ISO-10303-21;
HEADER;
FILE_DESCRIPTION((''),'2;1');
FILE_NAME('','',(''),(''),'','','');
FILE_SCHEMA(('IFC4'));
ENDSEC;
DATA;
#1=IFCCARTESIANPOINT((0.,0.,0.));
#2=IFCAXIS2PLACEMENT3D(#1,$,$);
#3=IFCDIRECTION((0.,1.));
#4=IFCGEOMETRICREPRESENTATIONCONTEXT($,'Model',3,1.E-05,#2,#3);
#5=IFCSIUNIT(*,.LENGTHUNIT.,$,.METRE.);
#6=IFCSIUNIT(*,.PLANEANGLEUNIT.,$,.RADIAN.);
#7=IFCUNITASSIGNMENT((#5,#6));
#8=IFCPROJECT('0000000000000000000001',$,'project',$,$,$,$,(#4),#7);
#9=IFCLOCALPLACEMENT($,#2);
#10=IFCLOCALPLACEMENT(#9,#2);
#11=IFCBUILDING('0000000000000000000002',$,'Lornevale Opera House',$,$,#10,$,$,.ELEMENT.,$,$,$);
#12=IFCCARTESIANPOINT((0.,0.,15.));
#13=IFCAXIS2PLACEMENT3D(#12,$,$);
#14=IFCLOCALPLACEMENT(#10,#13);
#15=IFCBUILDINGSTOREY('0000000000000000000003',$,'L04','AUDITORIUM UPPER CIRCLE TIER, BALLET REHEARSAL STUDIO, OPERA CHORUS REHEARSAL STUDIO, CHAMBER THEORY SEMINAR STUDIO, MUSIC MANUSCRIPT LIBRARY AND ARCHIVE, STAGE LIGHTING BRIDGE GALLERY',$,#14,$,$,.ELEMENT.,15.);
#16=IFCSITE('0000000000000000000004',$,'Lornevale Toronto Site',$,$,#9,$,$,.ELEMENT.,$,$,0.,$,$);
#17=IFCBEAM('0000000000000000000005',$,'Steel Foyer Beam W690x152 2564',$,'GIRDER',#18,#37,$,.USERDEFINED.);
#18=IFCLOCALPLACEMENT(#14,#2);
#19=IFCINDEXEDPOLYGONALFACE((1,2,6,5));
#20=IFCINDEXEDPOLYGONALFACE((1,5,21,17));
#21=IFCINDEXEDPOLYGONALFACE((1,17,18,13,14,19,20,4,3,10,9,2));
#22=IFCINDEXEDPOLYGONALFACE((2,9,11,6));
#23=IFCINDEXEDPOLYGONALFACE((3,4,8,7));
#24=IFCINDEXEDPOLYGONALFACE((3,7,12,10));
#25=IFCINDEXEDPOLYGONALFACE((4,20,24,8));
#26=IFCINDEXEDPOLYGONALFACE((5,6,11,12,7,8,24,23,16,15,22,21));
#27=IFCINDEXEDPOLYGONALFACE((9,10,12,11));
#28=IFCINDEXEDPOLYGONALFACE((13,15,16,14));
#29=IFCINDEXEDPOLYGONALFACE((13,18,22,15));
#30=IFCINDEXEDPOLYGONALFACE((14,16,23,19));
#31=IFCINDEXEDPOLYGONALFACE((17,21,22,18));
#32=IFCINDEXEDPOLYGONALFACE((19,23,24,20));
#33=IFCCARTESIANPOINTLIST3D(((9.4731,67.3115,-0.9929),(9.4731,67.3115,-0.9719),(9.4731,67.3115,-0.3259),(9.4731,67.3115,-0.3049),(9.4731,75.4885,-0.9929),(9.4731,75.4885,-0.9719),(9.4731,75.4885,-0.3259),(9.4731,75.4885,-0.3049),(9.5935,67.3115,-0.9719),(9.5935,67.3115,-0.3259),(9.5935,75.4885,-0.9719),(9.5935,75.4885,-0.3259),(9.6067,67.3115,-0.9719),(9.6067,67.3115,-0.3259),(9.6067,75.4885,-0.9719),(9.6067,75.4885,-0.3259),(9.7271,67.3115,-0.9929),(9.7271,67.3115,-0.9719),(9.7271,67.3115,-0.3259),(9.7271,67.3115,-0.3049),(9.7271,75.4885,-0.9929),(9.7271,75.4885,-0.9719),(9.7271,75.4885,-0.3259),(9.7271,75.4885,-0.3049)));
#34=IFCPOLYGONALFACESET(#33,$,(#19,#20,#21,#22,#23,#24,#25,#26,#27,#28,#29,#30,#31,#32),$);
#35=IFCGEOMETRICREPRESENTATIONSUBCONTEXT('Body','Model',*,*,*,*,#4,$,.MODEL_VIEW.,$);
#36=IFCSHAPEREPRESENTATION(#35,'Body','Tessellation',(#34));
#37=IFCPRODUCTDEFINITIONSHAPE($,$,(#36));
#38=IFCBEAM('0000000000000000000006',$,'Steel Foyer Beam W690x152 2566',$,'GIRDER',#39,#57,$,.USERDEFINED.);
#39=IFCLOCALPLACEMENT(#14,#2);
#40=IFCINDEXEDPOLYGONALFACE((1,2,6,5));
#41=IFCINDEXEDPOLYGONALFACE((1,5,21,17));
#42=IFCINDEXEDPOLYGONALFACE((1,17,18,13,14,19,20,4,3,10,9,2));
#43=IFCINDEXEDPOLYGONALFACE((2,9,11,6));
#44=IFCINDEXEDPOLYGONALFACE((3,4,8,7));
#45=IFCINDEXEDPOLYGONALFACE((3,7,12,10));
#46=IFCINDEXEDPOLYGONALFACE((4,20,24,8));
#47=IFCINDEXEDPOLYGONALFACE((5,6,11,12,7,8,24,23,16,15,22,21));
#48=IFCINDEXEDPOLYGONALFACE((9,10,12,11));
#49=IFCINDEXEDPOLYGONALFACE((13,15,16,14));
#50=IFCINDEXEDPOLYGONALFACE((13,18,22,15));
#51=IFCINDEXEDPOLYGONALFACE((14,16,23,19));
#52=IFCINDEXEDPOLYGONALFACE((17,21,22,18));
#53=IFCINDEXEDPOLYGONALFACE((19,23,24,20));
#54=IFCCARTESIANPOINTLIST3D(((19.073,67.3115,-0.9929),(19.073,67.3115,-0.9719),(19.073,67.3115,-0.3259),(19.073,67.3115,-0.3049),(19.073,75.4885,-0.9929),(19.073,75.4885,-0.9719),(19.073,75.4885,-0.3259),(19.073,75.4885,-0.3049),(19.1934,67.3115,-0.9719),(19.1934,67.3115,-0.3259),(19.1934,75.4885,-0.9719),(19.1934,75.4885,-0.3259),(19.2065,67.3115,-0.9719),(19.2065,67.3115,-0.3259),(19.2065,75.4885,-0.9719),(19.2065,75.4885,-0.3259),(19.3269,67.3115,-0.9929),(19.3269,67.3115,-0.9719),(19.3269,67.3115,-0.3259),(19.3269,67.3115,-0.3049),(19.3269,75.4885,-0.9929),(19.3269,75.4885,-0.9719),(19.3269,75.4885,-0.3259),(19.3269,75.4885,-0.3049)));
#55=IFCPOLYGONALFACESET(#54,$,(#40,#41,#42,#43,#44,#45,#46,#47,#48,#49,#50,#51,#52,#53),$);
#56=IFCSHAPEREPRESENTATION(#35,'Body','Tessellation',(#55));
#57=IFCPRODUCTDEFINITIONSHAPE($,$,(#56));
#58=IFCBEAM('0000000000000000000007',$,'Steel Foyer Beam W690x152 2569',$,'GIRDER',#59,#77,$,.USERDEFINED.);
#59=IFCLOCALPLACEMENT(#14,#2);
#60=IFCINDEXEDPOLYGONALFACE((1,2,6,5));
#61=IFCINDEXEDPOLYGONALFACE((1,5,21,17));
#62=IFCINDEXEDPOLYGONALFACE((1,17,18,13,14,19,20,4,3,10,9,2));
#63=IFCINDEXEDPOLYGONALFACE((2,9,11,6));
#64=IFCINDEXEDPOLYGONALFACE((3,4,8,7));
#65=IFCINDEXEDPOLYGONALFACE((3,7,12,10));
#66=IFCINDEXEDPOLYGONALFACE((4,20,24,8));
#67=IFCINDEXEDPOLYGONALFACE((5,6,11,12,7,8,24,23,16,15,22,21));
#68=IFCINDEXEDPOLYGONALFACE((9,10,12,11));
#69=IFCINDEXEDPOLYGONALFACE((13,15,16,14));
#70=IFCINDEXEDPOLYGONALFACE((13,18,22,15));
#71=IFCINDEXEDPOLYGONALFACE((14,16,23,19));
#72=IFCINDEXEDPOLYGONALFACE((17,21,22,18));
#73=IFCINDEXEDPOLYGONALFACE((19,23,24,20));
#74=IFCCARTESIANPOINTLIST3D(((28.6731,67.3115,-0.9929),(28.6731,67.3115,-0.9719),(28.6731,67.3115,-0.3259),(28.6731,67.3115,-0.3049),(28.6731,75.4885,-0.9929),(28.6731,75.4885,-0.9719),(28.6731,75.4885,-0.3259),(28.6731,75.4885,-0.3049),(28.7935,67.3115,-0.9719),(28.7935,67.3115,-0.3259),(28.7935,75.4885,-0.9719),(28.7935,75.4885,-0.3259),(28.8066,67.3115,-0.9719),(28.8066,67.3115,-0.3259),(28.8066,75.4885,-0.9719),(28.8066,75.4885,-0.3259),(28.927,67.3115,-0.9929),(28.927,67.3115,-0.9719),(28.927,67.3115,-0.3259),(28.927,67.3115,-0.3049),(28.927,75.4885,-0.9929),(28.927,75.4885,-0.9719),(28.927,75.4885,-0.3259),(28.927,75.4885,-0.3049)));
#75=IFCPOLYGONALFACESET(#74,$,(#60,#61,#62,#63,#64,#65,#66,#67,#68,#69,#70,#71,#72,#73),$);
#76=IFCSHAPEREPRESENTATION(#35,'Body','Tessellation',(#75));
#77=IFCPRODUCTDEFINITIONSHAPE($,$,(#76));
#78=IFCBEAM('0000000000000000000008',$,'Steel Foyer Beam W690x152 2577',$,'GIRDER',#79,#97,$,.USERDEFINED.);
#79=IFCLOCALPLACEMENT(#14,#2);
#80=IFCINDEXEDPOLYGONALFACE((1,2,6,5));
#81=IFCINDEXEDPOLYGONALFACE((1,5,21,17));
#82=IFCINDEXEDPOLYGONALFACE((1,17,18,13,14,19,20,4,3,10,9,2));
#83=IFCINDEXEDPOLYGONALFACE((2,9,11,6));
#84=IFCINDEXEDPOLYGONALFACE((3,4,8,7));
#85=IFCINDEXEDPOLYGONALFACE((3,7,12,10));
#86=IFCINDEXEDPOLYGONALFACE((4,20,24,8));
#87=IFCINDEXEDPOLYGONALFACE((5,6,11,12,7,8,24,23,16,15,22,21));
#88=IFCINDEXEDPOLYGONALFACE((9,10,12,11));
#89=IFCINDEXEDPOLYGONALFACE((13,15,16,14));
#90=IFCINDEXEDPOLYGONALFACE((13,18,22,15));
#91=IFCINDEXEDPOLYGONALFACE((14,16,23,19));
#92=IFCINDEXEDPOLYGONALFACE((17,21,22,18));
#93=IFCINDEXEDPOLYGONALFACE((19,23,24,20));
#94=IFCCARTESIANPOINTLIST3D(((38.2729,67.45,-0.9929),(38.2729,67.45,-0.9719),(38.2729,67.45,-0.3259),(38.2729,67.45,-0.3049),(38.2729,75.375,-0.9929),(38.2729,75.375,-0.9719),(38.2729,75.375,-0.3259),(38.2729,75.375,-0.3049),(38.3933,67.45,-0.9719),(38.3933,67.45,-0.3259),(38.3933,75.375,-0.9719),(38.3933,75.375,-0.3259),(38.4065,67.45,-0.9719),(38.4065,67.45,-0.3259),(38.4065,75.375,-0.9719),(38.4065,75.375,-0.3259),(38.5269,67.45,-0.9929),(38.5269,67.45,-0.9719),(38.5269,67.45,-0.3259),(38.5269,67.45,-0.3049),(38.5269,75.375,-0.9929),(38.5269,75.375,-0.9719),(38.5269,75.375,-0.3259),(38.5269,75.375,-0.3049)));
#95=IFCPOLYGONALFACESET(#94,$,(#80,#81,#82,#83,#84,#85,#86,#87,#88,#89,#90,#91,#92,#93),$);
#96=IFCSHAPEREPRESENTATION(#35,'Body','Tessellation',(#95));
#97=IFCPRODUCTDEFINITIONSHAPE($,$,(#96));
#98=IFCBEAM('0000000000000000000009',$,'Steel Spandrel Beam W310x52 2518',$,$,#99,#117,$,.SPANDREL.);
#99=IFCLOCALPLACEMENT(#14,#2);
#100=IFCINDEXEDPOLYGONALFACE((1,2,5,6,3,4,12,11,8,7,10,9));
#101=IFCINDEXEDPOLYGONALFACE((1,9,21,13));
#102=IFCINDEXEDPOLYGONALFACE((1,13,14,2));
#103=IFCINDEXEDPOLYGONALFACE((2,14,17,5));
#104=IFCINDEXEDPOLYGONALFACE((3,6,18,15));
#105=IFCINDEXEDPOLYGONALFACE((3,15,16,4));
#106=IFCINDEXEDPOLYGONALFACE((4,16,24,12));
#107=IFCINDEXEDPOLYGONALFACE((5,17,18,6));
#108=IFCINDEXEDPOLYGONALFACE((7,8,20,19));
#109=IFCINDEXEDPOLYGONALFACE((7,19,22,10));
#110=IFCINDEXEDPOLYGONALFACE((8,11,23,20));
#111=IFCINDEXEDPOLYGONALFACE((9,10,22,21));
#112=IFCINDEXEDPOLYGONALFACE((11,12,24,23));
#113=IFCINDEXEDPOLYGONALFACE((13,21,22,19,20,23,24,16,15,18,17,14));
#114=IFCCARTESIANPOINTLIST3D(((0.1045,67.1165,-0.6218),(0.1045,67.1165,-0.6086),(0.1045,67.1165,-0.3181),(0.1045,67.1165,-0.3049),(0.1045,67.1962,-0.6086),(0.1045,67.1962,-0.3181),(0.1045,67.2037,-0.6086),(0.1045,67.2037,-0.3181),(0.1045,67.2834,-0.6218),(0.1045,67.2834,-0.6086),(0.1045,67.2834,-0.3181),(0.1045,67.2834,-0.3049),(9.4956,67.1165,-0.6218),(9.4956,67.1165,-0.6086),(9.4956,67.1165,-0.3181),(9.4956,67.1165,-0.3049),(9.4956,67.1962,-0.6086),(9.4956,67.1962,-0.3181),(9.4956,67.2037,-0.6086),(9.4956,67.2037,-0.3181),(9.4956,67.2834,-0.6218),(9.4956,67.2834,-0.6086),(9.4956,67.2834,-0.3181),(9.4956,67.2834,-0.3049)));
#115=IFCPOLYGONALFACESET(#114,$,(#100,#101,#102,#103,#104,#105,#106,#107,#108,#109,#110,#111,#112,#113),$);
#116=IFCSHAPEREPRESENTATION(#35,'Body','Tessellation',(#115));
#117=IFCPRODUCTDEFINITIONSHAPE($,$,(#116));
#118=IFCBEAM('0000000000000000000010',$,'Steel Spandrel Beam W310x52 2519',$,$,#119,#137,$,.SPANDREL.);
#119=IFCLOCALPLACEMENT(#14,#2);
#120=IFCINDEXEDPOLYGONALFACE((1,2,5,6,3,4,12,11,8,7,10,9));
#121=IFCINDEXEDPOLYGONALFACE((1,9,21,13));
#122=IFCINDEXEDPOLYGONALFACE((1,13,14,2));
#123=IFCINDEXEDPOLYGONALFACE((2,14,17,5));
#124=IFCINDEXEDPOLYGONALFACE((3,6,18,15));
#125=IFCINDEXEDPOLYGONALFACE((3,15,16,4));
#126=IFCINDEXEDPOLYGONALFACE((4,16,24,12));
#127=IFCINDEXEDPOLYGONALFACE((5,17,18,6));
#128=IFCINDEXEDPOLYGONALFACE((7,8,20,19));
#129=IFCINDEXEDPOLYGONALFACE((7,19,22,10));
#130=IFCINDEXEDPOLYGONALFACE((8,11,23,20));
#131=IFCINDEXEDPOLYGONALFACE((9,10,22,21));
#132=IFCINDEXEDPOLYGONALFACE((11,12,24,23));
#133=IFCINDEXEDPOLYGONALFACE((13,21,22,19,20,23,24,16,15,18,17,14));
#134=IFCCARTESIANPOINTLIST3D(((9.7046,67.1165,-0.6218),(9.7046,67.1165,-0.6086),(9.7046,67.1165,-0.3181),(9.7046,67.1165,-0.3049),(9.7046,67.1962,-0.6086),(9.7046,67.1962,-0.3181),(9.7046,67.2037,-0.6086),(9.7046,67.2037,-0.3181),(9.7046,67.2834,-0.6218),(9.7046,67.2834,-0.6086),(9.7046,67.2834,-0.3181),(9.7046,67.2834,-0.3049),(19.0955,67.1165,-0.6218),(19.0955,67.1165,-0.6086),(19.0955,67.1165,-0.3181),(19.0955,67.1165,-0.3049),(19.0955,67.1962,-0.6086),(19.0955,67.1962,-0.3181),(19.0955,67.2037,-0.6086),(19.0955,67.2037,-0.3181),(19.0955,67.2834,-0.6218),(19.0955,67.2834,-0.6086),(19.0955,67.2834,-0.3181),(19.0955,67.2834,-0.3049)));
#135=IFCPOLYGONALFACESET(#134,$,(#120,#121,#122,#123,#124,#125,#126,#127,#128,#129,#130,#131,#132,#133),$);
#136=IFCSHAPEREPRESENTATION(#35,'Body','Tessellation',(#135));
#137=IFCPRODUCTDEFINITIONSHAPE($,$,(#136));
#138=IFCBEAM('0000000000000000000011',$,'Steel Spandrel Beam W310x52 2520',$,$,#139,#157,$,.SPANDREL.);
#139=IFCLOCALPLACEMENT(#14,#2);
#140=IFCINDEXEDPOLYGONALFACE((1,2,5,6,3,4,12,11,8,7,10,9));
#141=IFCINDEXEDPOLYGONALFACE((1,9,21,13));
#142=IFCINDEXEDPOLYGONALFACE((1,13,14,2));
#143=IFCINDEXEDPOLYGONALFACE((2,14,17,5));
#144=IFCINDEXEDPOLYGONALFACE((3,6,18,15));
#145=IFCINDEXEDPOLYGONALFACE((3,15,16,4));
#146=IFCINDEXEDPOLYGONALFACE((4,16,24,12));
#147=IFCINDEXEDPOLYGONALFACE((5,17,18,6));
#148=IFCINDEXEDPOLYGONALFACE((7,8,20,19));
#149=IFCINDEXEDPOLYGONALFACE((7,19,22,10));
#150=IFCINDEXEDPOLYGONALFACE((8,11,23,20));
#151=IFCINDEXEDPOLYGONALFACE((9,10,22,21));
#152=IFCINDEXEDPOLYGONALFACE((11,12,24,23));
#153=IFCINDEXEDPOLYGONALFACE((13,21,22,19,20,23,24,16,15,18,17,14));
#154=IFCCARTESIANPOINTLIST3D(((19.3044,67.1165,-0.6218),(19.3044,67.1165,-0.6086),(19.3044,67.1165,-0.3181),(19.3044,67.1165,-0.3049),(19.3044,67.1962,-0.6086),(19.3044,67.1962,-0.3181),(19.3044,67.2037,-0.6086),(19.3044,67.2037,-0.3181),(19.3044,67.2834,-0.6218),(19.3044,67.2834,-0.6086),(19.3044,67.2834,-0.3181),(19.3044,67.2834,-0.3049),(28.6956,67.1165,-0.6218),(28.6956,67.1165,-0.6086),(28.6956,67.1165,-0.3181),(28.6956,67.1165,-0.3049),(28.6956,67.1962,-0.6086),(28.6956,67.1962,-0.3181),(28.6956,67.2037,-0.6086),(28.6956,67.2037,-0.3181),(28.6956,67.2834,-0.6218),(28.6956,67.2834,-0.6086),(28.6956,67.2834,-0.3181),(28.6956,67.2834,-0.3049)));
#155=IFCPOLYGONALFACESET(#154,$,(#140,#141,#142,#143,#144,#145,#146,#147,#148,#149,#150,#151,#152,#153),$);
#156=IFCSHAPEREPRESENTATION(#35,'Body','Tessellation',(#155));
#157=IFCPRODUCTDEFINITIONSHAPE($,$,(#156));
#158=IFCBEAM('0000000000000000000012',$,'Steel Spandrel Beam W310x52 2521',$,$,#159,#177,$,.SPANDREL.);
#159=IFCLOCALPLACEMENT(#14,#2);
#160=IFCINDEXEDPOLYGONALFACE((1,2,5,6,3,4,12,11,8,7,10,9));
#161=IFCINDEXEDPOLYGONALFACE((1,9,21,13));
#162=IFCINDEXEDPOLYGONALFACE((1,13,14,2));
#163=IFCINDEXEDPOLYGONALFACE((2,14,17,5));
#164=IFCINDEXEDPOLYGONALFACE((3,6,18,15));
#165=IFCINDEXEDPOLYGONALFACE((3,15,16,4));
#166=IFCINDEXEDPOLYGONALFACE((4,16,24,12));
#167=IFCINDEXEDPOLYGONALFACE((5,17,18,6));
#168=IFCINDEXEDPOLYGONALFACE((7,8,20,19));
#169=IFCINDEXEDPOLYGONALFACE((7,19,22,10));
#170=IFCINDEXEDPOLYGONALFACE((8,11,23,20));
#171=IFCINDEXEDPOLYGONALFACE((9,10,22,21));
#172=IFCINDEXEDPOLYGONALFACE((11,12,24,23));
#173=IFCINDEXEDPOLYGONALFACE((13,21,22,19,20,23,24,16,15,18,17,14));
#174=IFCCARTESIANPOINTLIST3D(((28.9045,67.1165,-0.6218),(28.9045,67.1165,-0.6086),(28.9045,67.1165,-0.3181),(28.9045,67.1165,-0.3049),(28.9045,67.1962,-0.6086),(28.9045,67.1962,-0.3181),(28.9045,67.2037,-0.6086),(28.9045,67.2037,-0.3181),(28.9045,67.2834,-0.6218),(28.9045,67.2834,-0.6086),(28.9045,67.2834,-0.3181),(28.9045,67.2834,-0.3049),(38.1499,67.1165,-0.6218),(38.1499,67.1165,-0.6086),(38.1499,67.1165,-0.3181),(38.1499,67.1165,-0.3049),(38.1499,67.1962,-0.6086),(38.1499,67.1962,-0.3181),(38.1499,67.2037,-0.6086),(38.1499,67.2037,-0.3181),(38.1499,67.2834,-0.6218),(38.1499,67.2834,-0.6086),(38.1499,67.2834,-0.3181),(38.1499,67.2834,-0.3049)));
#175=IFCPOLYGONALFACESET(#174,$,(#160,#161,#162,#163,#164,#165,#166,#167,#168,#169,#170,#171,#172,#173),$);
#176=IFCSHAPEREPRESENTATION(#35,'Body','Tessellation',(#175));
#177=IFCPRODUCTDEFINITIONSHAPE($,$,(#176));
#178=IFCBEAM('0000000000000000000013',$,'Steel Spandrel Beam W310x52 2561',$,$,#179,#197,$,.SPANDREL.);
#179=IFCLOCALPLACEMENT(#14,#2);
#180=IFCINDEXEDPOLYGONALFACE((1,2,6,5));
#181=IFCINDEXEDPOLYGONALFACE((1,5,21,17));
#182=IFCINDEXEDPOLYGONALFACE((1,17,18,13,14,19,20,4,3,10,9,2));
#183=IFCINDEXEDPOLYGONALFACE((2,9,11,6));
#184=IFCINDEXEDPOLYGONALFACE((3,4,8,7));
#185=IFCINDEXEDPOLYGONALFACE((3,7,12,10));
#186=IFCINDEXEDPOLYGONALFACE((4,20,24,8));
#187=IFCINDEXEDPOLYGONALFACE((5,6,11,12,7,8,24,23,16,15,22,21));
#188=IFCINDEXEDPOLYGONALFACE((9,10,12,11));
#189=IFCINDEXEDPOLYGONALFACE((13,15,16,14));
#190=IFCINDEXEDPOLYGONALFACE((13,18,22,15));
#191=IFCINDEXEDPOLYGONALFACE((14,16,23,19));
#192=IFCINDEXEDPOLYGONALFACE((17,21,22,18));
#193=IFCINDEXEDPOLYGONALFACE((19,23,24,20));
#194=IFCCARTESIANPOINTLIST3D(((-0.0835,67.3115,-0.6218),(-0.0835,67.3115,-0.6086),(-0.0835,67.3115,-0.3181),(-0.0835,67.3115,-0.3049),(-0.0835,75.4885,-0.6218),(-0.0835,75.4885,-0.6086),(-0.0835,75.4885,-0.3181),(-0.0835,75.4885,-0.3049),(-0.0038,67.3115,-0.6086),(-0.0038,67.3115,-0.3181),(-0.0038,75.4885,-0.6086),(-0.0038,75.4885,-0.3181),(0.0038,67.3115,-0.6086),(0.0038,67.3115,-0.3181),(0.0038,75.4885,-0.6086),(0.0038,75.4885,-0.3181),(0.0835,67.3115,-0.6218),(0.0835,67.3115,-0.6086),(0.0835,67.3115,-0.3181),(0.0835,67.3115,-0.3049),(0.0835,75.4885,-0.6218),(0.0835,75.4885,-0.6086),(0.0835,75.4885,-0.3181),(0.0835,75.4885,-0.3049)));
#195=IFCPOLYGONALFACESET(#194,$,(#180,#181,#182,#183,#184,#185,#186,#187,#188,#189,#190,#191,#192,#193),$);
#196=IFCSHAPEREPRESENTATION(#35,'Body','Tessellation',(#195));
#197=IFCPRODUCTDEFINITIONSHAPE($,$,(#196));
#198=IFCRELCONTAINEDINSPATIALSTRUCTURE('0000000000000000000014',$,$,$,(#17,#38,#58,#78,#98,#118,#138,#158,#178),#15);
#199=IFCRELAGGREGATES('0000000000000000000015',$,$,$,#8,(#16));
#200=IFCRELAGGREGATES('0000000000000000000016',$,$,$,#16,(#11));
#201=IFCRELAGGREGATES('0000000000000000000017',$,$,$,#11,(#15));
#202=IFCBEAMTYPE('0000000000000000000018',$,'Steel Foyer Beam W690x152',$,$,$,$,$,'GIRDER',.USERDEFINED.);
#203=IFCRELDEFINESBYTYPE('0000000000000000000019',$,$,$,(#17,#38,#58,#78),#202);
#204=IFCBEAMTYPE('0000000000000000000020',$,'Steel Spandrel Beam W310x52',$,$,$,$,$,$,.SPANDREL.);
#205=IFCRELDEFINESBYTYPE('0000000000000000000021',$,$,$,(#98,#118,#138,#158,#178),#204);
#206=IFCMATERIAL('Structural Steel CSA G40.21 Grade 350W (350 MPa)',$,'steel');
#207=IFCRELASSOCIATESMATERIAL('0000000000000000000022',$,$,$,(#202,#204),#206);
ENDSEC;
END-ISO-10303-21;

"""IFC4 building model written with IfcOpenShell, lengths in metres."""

from ifc_helpers import new_model, si_unit, direction, frame, origin, origin_2d, place, context, subcontext, project, spatial, i_section, extrude, material, material_profile, profile_set, type_object, element, save


model = new_model("IFC4")

# Units and contexts
model_context = context("Model", 3, precision=1e-05, world=origin(), true_north=direction((0.0, 1.0)))
body_context = subcontext(model_context, "Body", "Model", "MODEL_VIEW")
ifc_project = project(units=[si_unit("LENGTHUNIT", "METRE"), si_unit("PLANEANGLEUNIT", "RADIAN")], contexts=[model_context])

# Site, building, storey
site_placement = place(None, origin())
site = spatial("IfcSite", under=ifc_project, at=site_placement, Name="Lornevale Toronto Site", CompositionType="ELEMENT", RefElevation=0.0)
building_placement = place(site_placement, origin())
building = spatial("IfcBuilding", under=site, at=building_placement, Name="Lornevale Opera House", CompositionType="ELEMENT")
storey_placement = place(building_placement, frame((0.0, 0.0, 15.0)))
storey = spatial("IfcBuildingStorey", under=building, at=storey_placement, Name="L04", Description="AUDITORIUM UPPER CIRCLE TIER, BALLET REHEARSAL STUDIO, OPERA CHORUS REHEARSAL STUDIO, CHAMBER THEORY SEMINAR STUDIO, MUSIC MANUSCRIPT LIBRARY AND ARCHIVE, STAGE LIGHTING BRIDGE GALLERY", CompositionType="ELEMENT", Elevation=15.0)

# Beams
ifc_material_1 = material(Name="Structural Steel CSA G40.21 Grade 350W (350 MPa)", Category="steel")
ifc_material_profile_1 = material_profile(ifc_material_1, i_section(OverallWidth=0.2539, OverallDepth=0.688, WebThickness=0.0132, FlangeThickness=0.021, at=origin_2d()), Name="W690x152")
ifc_profile_set_1 = profile_set([ifc_material_profile_1], Name="Structural Steel CSA G40.21 Grade 350W (350 MPa)")
beam_type_1 = type_object("IfcBeamType", Name="Steel Foyer Beam W690x152", ElementType="GIRDER", PredefinedType="USERDEFINED", material=ifc_profile_set_1)
for number, where, z_axis, x_axis, name in (
    (1, (9.6001, 67.3115, -0.6489), (0.0, 1.0, 0.0), (-1.0, 0.0, 0.0), "Steel Foyer Beam W690x152 2564"),
    (2, (19.2, 67.3115, -0.6489), (0.0, 1.0, 0.0), (-1.0, 0.0, 0.0), "Steel Foyer Beam W690x152 2566"),
    (3, (28.8, 67.3115, -0.6489), (0.0, 1.0, 0.0), (-1.0, 0.0, 0.0), "Steel Foyer Beam W690x152 2569"),
):
    element("IfcBeam", number, at=place(storey_placement, frame(where, z_axis=z_axis, x_axis=x_axis)), inside=storey, type_object=beam_type_1, Name=name, ObjectType="GIRDER", PredefinedType="USERDEFINED", context=body_context, shape_type="SweptSolid", body=[
        extrude(i_section(OverallWidth=0.2539, OverallDepth=0.688, WebThickness=0.0132, FlangeThickness=0.021, at=origin_2d()), origin(), (0.0, 0.0, 1.0), 8.177),
    ])
beam_1_placement = place(storey_placement, frame((38.3999, 67.45, -0.6489), z_axis=(0.0, 1.0, 0.0), x_axis=(-1.0, 0.0, 0.0)))
element("IfcBeam", 4, at=beam_1_placement, inside=storey, type_object=beam_type_1, Name="Steel Foyer Beam W690x152 2577", ObjectType="GIRDER", PredefinedType="USERDEFINED", context=body_context, shape_type="SweptSolid", body=[
    extrude(i_section(OverallWidth=0.2539, OverallDepth=0.688, WebThickness=0.0132, FlangeThickness=0.021, at=origin_2d()), origin(), (0.0, 0.0, 1.0), 7.925),
])
ifc_material_profile_2 = material_profile(ifc_material_1, i_section(OverallWidth=0.167, OverallDepth=0.3169, WebThickness=0.0076, FlangeThickness=0.0132, at=origin_2d()), Name="W310x52")
ifc_profile_set_2 = profile_set([ifc_material_profile_2], Name="Structural Steel CSA G40.21 Grade 350W (350 MPa)")
beam_type_2 = type_object("IfcBeamType", Name="Steel Spandrel Beam W310x52", PredefinedType="SPANDREL", material=ifc_profile_set_2)
beam_2_placement = place(storey_placement, frame((0.1045, 67.2, -0.4634), z_axis=(1.0, 0.0, 0.0), x_axis=(0.0, 1.0, 0.0)))
element("IfcBeam", 5, at=beam_2_placement, inside=storey, type_object=beam_type_2, Name="Steel Spandrel Beam W310x52 2518", PredefinedType="SPANDREL", context=body_context, shape_type="SweptSolid", body=[
    extrude(i_section(OverallWidth=0.167, OverallDepth=0.3169, WebThickness=0.0076, FlangeThickness=0.0132, at=origin_2d()), origin(), (0.0, 0.0, 1.0), 9.3911),
])
beam_3_placement = place(storey_placement, frame((9.7046, 67.2, -0.4634), z_axis=(1.0, 0.0, 0.0), x_axis=(0.0, 1.0, 0.0)))
element("IfcBeam", 6, at=beam_3_placement, inside=storey, type_object=beam_type_2, Name="Steel Spandrel Beam W310x52 2519", PredefinedType="SPANDREL", context=body_context, shape_type="SweptSolid", body=[
    extrude(i_section(OverallWidth=0.167, OverallDepth=0.3169, WebThickness=0.0076, FlangeThickness=0.0132, at=origin_2d()), origin(), (0.0, 0.0, 1.0), 9.3909),
])
beam_4_placement = place(storey_placement, frame((19.3044, 67.2, -0.4634), z_axis=(1.0, 0.0, 0.0), x_axis=(0.0, 1.0, 0.0)))
element("IfcBeam", 7, at=beam_4_placement, inside=storey, type_object=beam_type_2, Name="Steel Spandrel Beam W310x52 2520", PredefinedType="SPANDREL", context=body_context, shape_type="SweptSolid", body=[
    extrude(i_section(OverallWidth=0.167, OverallDepth=0.3169, WebThickness=0.0076, FlangeThickness=0.0132, at=origin_2d()), origin(), (0.0, 0.0, 1.0), 9.3911),
])
beam_5_placement = place(storey_placement, frame((28.9045, 67.2, -0.4634), z_axis=(1.0, 0.0, 0.0), x_axis=(0.0, 1.0, 0.0)))
element("IfcBeam", 8, at=beam_5_placement, inside=storey, type_object=beam_type_2, Name="Steel Spandrel Beam W310x52 2521", PredefinedType="SPANDREL", context=body_context, shape_type="SweptSolid", body=[
    extrude(i_section(OverallWidth=0.167, OverallDepth=0.3169, WebThickness=0.0076, FlangeThickness=0.0132, at=origin_2d()), origin(), (0.0, 0.0, 1.0), 9.2454),
])
beam_6_placement = place(storey_placement, frame((0.0, 67.3115, -0.4634), z_axis=(0.0, 1.0, 0.0), x_axis=(-1.0, 0.0, 0.0)))
element("IfcBeam", 9, at=beam_6_placement, inside=storey, type_object=beam_type_2, Name="Steel Spandrel Beam W310x52 2561", PredefinedType="SPANDREL", context=body_context, shape_type="SweptSolid", body=[
    extrude(i_section(OverallWidth=0.167, OverallDepth=0.3169, WebThickness=0.0076, FlangeThickness=0.0132, at=origin_2d()), origin(), (0.0, 0.0, 1.0), 8.177),
])

save(model, "model.ifc")
